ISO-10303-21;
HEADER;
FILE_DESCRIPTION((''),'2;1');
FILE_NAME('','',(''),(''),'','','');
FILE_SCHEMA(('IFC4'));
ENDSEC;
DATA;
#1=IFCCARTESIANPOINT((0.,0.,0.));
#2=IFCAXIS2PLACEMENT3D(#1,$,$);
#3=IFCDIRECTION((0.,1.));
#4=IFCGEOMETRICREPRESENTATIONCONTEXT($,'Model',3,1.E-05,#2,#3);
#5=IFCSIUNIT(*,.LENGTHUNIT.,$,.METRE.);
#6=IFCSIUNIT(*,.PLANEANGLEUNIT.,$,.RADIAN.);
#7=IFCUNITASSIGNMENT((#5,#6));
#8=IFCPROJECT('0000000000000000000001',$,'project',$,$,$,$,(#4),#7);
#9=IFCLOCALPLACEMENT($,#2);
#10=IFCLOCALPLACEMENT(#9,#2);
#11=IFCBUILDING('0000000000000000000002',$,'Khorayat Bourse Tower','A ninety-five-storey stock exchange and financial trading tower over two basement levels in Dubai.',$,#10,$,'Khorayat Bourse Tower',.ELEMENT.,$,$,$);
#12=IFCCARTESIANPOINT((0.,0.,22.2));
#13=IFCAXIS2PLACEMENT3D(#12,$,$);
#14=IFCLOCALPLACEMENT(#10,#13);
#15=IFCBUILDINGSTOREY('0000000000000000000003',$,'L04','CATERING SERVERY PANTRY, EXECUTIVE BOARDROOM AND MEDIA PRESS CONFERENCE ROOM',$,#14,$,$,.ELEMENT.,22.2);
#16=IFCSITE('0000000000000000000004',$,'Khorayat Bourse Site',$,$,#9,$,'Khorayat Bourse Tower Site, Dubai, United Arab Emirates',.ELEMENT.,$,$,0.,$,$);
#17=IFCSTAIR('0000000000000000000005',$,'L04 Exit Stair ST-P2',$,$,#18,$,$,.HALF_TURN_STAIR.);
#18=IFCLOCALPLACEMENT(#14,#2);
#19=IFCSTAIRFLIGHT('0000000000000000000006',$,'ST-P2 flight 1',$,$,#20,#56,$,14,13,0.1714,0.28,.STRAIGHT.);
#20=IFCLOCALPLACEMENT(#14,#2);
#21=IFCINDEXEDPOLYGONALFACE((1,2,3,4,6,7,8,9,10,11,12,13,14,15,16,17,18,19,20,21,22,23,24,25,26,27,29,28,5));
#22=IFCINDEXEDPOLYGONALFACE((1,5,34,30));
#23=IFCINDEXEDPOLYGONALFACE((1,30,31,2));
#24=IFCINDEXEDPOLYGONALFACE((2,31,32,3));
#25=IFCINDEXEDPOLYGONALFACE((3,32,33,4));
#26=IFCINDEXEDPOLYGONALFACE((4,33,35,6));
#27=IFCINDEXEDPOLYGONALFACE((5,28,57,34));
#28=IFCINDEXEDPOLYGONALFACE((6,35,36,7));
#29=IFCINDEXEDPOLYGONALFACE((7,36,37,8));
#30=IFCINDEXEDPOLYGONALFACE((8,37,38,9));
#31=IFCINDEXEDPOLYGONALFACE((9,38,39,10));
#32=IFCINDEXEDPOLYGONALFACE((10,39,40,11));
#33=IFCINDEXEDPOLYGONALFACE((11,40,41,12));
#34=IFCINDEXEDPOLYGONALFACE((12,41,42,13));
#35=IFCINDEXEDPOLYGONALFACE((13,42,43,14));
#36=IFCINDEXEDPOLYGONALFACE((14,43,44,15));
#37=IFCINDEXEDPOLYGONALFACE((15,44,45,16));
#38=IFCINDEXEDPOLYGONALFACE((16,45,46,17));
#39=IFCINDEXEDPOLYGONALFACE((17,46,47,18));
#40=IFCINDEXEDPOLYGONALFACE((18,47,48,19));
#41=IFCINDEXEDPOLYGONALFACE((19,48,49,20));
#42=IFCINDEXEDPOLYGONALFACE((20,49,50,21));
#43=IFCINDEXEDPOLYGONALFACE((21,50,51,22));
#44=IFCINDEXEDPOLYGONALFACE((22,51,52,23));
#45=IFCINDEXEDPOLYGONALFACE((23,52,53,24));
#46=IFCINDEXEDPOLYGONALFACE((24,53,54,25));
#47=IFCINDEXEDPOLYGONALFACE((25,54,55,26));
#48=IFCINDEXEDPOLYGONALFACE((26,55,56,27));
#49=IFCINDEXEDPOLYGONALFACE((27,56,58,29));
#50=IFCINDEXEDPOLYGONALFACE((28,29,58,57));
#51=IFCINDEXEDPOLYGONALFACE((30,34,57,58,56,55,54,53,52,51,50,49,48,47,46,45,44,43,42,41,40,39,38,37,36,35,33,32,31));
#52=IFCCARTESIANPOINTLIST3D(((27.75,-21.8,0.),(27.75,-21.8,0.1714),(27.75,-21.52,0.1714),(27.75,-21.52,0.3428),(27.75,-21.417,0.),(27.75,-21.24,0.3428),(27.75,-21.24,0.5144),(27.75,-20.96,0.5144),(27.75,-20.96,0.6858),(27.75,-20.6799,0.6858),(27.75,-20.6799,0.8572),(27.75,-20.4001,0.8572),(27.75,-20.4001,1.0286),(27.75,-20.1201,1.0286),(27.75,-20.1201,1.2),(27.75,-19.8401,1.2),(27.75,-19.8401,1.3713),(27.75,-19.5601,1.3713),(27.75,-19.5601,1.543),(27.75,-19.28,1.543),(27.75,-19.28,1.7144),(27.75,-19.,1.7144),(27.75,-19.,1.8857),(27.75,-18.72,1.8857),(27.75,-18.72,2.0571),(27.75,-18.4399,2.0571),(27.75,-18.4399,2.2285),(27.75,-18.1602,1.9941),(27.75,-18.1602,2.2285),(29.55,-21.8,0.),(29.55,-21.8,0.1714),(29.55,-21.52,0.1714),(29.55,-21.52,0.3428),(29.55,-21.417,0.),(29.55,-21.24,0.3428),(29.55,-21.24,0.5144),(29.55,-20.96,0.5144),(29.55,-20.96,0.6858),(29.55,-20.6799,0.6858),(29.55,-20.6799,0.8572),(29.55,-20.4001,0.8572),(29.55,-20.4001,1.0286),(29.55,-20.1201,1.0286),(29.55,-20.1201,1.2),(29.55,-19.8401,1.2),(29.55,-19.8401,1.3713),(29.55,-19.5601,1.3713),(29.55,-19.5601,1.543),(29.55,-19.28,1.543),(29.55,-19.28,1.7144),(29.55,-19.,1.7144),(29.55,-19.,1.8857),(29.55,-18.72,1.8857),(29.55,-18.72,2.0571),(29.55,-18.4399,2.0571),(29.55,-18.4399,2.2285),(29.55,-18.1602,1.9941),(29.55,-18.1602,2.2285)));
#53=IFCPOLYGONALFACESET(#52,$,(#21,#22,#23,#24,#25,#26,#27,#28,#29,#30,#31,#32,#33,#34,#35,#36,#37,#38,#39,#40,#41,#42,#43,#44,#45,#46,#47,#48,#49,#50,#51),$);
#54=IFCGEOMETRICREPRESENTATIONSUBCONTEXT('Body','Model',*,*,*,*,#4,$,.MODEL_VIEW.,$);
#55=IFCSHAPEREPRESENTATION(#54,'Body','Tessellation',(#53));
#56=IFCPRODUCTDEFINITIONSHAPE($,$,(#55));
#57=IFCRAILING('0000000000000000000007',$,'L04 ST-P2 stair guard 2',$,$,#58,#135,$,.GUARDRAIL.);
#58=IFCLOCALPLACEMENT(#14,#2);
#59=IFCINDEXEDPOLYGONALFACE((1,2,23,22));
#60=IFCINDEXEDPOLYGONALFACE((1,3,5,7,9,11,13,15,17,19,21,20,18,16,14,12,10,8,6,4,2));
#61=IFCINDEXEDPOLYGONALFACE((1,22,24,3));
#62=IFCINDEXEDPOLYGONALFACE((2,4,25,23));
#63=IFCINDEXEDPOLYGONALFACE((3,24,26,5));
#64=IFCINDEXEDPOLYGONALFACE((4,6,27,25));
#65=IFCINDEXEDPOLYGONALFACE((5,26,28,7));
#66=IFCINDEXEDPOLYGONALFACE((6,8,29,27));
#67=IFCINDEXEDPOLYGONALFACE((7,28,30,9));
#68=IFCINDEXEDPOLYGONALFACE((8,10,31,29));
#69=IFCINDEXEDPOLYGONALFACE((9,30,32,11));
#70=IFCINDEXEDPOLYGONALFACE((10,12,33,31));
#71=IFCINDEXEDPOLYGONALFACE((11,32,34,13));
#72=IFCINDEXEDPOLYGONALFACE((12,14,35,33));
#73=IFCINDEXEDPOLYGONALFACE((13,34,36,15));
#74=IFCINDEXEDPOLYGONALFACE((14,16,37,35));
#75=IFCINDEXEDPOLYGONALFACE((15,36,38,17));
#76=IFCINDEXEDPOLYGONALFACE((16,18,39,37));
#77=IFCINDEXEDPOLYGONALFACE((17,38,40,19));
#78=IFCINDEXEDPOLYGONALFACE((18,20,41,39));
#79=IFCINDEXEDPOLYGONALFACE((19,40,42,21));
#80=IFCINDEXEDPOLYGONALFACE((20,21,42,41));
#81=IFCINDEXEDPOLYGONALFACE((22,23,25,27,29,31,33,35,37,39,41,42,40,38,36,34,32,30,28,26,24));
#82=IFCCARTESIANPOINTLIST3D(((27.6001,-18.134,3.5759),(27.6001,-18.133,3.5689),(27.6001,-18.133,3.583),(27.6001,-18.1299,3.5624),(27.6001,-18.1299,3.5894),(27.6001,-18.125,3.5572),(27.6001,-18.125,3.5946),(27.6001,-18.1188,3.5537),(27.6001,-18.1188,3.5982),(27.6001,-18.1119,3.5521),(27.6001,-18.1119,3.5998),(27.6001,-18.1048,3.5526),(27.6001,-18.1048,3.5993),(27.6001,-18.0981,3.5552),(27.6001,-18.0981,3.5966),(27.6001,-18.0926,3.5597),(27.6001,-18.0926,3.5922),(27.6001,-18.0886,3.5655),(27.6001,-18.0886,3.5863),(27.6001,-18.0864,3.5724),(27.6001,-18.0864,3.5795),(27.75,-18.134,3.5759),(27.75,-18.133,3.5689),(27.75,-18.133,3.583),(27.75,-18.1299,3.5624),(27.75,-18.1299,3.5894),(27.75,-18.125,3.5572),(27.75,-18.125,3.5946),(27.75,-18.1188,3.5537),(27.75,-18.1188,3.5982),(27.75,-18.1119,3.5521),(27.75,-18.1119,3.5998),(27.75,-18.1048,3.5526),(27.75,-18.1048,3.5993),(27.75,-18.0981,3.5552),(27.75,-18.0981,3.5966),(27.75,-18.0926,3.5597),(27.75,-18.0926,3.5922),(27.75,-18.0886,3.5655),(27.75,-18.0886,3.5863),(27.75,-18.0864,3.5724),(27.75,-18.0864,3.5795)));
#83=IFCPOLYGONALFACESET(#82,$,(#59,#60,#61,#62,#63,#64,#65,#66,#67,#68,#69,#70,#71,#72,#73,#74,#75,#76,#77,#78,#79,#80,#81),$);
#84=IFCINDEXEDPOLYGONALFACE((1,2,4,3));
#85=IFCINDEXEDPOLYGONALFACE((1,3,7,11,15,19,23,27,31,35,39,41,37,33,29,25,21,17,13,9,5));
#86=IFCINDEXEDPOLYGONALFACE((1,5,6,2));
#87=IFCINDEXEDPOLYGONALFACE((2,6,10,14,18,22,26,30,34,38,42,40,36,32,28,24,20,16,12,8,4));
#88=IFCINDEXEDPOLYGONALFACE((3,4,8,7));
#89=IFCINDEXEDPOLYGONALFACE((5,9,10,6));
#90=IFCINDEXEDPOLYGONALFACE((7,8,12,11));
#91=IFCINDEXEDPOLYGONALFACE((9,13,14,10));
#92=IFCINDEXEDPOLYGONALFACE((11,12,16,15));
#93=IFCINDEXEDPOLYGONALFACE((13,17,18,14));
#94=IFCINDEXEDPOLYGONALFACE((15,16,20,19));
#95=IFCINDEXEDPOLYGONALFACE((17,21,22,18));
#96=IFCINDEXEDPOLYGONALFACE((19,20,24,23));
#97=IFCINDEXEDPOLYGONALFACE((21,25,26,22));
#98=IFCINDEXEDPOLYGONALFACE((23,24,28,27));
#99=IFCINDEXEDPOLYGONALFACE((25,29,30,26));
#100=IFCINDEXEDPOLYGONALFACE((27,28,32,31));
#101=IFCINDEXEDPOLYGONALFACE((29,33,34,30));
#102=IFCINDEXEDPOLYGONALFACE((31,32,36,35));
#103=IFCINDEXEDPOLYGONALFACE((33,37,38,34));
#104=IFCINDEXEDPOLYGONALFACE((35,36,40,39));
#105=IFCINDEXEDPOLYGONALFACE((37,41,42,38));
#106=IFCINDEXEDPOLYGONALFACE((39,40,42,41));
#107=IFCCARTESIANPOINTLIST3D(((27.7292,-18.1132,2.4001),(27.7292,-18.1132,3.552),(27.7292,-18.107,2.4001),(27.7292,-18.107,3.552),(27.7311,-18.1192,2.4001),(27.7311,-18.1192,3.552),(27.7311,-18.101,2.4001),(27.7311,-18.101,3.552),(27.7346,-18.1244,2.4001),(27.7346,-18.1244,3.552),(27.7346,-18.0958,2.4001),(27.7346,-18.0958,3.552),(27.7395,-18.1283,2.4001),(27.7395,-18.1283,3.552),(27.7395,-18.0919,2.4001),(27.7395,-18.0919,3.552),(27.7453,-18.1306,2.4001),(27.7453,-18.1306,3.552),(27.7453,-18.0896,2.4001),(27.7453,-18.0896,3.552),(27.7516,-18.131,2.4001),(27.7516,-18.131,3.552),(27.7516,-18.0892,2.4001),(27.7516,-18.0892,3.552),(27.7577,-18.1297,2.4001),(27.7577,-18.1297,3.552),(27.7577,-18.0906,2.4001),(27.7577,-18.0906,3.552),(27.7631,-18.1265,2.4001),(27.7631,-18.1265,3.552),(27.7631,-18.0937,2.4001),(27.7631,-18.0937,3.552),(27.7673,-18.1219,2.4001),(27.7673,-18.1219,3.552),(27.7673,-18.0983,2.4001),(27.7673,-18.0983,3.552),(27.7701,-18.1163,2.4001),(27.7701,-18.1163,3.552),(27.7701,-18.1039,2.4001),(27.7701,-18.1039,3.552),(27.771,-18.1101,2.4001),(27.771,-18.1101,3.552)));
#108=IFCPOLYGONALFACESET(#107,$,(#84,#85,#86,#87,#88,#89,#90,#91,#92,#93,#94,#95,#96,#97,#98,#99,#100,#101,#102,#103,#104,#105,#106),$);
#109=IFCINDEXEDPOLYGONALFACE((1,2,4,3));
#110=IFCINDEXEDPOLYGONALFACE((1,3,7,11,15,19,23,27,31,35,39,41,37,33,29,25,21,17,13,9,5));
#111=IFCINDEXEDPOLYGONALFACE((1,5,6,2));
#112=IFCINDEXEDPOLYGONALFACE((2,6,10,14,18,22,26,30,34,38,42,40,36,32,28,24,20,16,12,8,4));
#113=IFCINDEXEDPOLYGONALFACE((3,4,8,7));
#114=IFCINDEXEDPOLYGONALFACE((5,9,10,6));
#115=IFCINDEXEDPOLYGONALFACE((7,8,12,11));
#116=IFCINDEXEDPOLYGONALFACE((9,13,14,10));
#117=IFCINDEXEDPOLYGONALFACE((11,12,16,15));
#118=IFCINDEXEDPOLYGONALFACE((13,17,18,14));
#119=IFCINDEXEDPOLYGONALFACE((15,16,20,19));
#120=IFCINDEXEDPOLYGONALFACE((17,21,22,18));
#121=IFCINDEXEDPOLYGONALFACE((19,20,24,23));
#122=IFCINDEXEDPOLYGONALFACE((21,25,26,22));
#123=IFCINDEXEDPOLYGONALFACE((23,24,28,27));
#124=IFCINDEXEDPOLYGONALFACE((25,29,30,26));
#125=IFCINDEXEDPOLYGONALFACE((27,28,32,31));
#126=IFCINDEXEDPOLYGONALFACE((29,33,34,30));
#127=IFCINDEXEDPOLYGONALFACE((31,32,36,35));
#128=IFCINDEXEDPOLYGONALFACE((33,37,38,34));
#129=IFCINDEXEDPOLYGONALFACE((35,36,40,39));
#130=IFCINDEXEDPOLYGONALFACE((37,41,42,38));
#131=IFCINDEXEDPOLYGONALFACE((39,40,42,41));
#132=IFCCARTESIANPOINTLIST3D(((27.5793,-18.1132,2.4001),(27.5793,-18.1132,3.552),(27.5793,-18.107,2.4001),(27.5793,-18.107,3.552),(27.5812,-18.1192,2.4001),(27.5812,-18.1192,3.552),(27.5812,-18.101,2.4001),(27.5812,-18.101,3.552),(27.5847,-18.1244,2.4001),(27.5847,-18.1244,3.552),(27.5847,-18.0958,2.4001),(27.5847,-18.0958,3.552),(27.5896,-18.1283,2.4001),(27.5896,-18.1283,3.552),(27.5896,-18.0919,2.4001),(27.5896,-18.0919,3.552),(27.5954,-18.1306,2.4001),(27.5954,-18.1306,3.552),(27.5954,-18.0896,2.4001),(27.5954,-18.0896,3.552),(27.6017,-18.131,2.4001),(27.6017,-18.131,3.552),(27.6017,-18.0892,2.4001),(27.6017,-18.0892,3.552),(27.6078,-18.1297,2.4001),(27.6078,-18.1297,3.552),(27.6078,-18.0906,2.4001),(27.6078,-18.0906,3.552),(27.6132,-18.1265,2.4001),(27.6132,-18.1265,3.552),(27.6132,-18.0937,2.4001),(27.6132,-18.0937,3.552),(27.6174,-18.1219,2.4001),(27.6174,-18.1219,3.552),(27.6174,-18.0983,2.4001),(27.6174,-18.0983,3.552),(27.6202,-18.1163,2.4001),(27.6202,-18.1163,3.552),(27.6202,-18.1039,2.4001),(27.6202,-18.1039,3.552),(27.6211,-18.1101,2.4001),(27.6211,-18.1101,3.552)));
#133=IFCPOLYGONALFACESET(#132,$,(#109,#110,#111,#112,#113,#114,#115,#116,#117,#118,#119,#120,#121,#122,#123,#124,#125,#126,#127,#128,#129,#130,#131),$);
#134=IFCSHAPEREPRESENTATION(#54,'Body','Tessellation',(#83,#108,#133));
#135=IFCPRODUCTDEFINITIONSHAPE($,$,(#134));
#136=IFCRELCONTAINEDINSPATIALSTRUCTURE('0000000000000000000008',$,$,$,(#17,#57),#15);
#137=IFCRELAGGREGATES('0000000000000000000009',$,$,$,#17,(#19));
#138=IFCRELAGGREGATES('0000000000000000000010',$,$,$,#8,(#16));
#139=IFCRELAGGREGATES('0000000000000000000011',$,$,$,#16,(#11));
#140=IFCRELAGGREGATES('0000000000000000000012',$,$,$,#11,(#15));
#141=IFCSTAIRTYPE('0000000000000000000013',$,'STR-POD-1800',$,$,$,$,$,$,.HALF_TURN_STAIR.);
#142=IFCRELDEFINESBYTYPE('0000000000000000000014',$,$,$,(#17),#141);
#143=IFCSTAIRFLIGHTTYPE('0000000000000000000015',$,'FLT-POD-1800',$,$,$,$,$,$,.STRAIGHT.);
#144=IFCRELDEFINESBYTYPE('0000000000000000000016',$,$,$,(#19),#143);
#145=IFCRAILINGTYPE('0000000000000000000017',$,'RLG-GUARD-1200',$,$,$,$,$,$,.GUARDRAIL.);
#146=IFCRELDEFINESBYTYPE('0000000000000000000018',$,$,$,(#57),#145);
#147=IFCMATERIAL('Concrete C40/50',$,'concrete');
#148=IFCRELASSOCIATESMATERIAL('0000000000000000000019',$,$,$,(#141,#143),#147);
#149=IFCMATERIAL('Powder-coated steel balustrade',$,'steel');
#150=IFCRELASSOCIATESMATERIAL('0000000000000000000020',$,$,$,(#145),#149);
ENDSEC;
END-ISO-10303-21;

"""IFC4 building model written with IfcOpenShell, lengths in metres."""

from ifc_helpers import new_model, si_unit, direction, frame, origin, origin_2d, place, context, subcontext, project, spatial, polyline, circle, outline, extrude, source, transform, mapped, material, type_object, element, aggregate, save


model = new_model("IFC4")

# Units and contexts
model_context = context("Model", 3, precision=1e-05, world=origin(), true_north=direction((0.0, 1.0)))
body_context = subcontext(model_context, "Body", "Model", "MODEL_VIEW")
ifc_project = project(units=[si_unit("LENGTHUNIT", "METRE"), si_unit("PLANEANGLEUNIT", "RADIAN")], contexts=[model_context])

# Site, building, storey
site_placement = place(None, origin())
site = spatial("IfcSite", under=ifc_project, at=site_placement, Name="Khorayat Bourse Site", LongName="Khorayat Bourse Tower Site, Dubai, United Arab Emirates", CompositionType="ELEMENT", RefElevation=0.0)
building_placement = place(site_placement, origin())
building = spatial("IfcBuilding", under=site, at=building_placement, Name="Khorayat Bourse Tower", Description="A ninety-five-storey stock exchange and financial trading tower over two basement levels in Dubai.", LongName="Khorayat Bourse Tower", CompositionType="ELEMENT")
storey_placement = place(building_placement, frame((0.0, 0.0, 22.2)))
storey = spatial("IfcBuildingStorey", under=building, at=storey_placement, Name="L04", Description="CATERING SERVERY PANTRY, EXECUTIVE BOARDROOM AND MEDIA PRESS CONFERENCE ROOM", CompositionType="ELEMENT", Elevation=22.2)

# Stair, stair flight
ifc_material_1 = material(Name="Concrete C40/50", Category="concrete")
stair_type = type_object("IfcStairType", Name="STR-POD-1800", PredefinedType="HALF_TURN_STAIR", material=ifc_material_1)
stair_placement = place(storey_placement, origin())
stair = element("IfcStair", 1, at=stair_placement, inside=storey, type_object=stair_type, Name="L04 Exit Stair ST-P2", PredefinedType="HALF_TURN_STAIR")
stair_flight_type = type_object("IfcStairFlightType", Name="FLT-POD-1800", PredefinedType="STRAIGHT", material=ifc_material_1)
shared_shape_1 = source(origin(), body_context, "Body", "SweptSolid", [
    extrude(outline(polyline([(0.0, 0.0), (0.0, 0.1714), (0.28, 0.1714), (0.28, 0.3428), (0.5601, 0.3428), (0.5601, 0.5144), (0.8401, 0.5144), (0.8401, 0.6858), (1.1201, 0.6858), (1.1201, 0.8572), (1.3999, 0.8572), (1.3999, 1.0286), (1.6799, 1.0286), (1.6799, 1.2), (1.96, 1.2), (1.96, 1.3713), (2.24, 1.3713), (2.24, 1.543), (2.52, 1.543), (2.52, 1.7144), (2.8, 1.7144), (2.8, 1.8857), (3.0801, 1.8857), (3.0801, 2.0571), (3.3601, 2.0571), (3.3601, 2.2285), (3.6399, 2.2285), (3.6399, 2.3999), (3.6399, 1.9941), (0.3831, 0.0), (0.0, 0.0)])), frame((0.0, 0.8999, 0.0), z_axis=(0.0, -1.0, 0.0), x_axis=(1.0, 0.0, 0.0)), (0.0, 0.0, 1.0), 1.8),
])
stair_flight_placement = place(storey_placement, frame((28.6499, -21.8, 0.0), z_axis=(0.0, 0.0, 1.0), x_axis=(0.0, 1.0, 0.0)))
stair_flight = element("IfcStairFlight", 2, at=stair_flight_placement, type_object=stair_flight_type, Name="ST-P2 flight 1", NumberOfRisers=14, NumberOfTreads=13, PredefinedType="STRAIGHT", RiserHeight=0.1714, TreadLength=0.28, context=body_context, shape_type="MappedRepresentation", body=[
    mapped(shared_shape_1, transform((0.0, 0.0, 0.0), scale=1.0)),
])
aggregate(stair, [stair_flight])

# Railing
ifc_material_2 = material(Name="Powder-coated steel balustrade", Category="steel")
railing_type_1 = type_object("IfcRailingType", Name="RLG-GUARD-1200", PredefinedType="GUARDRAIL", material=ifc_material_2)
shared_shape_2 = source(origin(), body_context, "Body", "SweptSolid", [
    extrude(circle(Radius=0.0239, at=origin_2d()), frame((0.0, 0.0, 1.1758), z_axis=(-1.0, 0.0, 0.0), x_axis=(0.0, -1.0, 0.0)), (0.0, 0.0, 1.0), 0.1499),
    extrude(circle(Radius=0.021, at=origin_2d()), origin(), (0.0, 0.0, 1.0), 1.1519),
    extrude(circle(Radius=0.021, at=origin_2d()), frame((-0.1499, 0.0, 0.0)), (0.0, 0.0, 1.0), 1.1519),
])
for number, where, name in (
    (3, (27.75, -18.1101, 2.4001), "L04 ST-P2 stair guard 2"),
):
    element("IfcRailing", number, at=place(storey_placement, frame(where)), inside=storey, type_object=railing_type_1, Name=name, PredefinedType="GUARDRAIL", context=body_context, shape_type="MappedRepresentation", body=[
        mapped(shared_shape_2, transform((0.0, 0.0, 0.0), scale=1.0)),
    ])

save(model, "model.ifc")
